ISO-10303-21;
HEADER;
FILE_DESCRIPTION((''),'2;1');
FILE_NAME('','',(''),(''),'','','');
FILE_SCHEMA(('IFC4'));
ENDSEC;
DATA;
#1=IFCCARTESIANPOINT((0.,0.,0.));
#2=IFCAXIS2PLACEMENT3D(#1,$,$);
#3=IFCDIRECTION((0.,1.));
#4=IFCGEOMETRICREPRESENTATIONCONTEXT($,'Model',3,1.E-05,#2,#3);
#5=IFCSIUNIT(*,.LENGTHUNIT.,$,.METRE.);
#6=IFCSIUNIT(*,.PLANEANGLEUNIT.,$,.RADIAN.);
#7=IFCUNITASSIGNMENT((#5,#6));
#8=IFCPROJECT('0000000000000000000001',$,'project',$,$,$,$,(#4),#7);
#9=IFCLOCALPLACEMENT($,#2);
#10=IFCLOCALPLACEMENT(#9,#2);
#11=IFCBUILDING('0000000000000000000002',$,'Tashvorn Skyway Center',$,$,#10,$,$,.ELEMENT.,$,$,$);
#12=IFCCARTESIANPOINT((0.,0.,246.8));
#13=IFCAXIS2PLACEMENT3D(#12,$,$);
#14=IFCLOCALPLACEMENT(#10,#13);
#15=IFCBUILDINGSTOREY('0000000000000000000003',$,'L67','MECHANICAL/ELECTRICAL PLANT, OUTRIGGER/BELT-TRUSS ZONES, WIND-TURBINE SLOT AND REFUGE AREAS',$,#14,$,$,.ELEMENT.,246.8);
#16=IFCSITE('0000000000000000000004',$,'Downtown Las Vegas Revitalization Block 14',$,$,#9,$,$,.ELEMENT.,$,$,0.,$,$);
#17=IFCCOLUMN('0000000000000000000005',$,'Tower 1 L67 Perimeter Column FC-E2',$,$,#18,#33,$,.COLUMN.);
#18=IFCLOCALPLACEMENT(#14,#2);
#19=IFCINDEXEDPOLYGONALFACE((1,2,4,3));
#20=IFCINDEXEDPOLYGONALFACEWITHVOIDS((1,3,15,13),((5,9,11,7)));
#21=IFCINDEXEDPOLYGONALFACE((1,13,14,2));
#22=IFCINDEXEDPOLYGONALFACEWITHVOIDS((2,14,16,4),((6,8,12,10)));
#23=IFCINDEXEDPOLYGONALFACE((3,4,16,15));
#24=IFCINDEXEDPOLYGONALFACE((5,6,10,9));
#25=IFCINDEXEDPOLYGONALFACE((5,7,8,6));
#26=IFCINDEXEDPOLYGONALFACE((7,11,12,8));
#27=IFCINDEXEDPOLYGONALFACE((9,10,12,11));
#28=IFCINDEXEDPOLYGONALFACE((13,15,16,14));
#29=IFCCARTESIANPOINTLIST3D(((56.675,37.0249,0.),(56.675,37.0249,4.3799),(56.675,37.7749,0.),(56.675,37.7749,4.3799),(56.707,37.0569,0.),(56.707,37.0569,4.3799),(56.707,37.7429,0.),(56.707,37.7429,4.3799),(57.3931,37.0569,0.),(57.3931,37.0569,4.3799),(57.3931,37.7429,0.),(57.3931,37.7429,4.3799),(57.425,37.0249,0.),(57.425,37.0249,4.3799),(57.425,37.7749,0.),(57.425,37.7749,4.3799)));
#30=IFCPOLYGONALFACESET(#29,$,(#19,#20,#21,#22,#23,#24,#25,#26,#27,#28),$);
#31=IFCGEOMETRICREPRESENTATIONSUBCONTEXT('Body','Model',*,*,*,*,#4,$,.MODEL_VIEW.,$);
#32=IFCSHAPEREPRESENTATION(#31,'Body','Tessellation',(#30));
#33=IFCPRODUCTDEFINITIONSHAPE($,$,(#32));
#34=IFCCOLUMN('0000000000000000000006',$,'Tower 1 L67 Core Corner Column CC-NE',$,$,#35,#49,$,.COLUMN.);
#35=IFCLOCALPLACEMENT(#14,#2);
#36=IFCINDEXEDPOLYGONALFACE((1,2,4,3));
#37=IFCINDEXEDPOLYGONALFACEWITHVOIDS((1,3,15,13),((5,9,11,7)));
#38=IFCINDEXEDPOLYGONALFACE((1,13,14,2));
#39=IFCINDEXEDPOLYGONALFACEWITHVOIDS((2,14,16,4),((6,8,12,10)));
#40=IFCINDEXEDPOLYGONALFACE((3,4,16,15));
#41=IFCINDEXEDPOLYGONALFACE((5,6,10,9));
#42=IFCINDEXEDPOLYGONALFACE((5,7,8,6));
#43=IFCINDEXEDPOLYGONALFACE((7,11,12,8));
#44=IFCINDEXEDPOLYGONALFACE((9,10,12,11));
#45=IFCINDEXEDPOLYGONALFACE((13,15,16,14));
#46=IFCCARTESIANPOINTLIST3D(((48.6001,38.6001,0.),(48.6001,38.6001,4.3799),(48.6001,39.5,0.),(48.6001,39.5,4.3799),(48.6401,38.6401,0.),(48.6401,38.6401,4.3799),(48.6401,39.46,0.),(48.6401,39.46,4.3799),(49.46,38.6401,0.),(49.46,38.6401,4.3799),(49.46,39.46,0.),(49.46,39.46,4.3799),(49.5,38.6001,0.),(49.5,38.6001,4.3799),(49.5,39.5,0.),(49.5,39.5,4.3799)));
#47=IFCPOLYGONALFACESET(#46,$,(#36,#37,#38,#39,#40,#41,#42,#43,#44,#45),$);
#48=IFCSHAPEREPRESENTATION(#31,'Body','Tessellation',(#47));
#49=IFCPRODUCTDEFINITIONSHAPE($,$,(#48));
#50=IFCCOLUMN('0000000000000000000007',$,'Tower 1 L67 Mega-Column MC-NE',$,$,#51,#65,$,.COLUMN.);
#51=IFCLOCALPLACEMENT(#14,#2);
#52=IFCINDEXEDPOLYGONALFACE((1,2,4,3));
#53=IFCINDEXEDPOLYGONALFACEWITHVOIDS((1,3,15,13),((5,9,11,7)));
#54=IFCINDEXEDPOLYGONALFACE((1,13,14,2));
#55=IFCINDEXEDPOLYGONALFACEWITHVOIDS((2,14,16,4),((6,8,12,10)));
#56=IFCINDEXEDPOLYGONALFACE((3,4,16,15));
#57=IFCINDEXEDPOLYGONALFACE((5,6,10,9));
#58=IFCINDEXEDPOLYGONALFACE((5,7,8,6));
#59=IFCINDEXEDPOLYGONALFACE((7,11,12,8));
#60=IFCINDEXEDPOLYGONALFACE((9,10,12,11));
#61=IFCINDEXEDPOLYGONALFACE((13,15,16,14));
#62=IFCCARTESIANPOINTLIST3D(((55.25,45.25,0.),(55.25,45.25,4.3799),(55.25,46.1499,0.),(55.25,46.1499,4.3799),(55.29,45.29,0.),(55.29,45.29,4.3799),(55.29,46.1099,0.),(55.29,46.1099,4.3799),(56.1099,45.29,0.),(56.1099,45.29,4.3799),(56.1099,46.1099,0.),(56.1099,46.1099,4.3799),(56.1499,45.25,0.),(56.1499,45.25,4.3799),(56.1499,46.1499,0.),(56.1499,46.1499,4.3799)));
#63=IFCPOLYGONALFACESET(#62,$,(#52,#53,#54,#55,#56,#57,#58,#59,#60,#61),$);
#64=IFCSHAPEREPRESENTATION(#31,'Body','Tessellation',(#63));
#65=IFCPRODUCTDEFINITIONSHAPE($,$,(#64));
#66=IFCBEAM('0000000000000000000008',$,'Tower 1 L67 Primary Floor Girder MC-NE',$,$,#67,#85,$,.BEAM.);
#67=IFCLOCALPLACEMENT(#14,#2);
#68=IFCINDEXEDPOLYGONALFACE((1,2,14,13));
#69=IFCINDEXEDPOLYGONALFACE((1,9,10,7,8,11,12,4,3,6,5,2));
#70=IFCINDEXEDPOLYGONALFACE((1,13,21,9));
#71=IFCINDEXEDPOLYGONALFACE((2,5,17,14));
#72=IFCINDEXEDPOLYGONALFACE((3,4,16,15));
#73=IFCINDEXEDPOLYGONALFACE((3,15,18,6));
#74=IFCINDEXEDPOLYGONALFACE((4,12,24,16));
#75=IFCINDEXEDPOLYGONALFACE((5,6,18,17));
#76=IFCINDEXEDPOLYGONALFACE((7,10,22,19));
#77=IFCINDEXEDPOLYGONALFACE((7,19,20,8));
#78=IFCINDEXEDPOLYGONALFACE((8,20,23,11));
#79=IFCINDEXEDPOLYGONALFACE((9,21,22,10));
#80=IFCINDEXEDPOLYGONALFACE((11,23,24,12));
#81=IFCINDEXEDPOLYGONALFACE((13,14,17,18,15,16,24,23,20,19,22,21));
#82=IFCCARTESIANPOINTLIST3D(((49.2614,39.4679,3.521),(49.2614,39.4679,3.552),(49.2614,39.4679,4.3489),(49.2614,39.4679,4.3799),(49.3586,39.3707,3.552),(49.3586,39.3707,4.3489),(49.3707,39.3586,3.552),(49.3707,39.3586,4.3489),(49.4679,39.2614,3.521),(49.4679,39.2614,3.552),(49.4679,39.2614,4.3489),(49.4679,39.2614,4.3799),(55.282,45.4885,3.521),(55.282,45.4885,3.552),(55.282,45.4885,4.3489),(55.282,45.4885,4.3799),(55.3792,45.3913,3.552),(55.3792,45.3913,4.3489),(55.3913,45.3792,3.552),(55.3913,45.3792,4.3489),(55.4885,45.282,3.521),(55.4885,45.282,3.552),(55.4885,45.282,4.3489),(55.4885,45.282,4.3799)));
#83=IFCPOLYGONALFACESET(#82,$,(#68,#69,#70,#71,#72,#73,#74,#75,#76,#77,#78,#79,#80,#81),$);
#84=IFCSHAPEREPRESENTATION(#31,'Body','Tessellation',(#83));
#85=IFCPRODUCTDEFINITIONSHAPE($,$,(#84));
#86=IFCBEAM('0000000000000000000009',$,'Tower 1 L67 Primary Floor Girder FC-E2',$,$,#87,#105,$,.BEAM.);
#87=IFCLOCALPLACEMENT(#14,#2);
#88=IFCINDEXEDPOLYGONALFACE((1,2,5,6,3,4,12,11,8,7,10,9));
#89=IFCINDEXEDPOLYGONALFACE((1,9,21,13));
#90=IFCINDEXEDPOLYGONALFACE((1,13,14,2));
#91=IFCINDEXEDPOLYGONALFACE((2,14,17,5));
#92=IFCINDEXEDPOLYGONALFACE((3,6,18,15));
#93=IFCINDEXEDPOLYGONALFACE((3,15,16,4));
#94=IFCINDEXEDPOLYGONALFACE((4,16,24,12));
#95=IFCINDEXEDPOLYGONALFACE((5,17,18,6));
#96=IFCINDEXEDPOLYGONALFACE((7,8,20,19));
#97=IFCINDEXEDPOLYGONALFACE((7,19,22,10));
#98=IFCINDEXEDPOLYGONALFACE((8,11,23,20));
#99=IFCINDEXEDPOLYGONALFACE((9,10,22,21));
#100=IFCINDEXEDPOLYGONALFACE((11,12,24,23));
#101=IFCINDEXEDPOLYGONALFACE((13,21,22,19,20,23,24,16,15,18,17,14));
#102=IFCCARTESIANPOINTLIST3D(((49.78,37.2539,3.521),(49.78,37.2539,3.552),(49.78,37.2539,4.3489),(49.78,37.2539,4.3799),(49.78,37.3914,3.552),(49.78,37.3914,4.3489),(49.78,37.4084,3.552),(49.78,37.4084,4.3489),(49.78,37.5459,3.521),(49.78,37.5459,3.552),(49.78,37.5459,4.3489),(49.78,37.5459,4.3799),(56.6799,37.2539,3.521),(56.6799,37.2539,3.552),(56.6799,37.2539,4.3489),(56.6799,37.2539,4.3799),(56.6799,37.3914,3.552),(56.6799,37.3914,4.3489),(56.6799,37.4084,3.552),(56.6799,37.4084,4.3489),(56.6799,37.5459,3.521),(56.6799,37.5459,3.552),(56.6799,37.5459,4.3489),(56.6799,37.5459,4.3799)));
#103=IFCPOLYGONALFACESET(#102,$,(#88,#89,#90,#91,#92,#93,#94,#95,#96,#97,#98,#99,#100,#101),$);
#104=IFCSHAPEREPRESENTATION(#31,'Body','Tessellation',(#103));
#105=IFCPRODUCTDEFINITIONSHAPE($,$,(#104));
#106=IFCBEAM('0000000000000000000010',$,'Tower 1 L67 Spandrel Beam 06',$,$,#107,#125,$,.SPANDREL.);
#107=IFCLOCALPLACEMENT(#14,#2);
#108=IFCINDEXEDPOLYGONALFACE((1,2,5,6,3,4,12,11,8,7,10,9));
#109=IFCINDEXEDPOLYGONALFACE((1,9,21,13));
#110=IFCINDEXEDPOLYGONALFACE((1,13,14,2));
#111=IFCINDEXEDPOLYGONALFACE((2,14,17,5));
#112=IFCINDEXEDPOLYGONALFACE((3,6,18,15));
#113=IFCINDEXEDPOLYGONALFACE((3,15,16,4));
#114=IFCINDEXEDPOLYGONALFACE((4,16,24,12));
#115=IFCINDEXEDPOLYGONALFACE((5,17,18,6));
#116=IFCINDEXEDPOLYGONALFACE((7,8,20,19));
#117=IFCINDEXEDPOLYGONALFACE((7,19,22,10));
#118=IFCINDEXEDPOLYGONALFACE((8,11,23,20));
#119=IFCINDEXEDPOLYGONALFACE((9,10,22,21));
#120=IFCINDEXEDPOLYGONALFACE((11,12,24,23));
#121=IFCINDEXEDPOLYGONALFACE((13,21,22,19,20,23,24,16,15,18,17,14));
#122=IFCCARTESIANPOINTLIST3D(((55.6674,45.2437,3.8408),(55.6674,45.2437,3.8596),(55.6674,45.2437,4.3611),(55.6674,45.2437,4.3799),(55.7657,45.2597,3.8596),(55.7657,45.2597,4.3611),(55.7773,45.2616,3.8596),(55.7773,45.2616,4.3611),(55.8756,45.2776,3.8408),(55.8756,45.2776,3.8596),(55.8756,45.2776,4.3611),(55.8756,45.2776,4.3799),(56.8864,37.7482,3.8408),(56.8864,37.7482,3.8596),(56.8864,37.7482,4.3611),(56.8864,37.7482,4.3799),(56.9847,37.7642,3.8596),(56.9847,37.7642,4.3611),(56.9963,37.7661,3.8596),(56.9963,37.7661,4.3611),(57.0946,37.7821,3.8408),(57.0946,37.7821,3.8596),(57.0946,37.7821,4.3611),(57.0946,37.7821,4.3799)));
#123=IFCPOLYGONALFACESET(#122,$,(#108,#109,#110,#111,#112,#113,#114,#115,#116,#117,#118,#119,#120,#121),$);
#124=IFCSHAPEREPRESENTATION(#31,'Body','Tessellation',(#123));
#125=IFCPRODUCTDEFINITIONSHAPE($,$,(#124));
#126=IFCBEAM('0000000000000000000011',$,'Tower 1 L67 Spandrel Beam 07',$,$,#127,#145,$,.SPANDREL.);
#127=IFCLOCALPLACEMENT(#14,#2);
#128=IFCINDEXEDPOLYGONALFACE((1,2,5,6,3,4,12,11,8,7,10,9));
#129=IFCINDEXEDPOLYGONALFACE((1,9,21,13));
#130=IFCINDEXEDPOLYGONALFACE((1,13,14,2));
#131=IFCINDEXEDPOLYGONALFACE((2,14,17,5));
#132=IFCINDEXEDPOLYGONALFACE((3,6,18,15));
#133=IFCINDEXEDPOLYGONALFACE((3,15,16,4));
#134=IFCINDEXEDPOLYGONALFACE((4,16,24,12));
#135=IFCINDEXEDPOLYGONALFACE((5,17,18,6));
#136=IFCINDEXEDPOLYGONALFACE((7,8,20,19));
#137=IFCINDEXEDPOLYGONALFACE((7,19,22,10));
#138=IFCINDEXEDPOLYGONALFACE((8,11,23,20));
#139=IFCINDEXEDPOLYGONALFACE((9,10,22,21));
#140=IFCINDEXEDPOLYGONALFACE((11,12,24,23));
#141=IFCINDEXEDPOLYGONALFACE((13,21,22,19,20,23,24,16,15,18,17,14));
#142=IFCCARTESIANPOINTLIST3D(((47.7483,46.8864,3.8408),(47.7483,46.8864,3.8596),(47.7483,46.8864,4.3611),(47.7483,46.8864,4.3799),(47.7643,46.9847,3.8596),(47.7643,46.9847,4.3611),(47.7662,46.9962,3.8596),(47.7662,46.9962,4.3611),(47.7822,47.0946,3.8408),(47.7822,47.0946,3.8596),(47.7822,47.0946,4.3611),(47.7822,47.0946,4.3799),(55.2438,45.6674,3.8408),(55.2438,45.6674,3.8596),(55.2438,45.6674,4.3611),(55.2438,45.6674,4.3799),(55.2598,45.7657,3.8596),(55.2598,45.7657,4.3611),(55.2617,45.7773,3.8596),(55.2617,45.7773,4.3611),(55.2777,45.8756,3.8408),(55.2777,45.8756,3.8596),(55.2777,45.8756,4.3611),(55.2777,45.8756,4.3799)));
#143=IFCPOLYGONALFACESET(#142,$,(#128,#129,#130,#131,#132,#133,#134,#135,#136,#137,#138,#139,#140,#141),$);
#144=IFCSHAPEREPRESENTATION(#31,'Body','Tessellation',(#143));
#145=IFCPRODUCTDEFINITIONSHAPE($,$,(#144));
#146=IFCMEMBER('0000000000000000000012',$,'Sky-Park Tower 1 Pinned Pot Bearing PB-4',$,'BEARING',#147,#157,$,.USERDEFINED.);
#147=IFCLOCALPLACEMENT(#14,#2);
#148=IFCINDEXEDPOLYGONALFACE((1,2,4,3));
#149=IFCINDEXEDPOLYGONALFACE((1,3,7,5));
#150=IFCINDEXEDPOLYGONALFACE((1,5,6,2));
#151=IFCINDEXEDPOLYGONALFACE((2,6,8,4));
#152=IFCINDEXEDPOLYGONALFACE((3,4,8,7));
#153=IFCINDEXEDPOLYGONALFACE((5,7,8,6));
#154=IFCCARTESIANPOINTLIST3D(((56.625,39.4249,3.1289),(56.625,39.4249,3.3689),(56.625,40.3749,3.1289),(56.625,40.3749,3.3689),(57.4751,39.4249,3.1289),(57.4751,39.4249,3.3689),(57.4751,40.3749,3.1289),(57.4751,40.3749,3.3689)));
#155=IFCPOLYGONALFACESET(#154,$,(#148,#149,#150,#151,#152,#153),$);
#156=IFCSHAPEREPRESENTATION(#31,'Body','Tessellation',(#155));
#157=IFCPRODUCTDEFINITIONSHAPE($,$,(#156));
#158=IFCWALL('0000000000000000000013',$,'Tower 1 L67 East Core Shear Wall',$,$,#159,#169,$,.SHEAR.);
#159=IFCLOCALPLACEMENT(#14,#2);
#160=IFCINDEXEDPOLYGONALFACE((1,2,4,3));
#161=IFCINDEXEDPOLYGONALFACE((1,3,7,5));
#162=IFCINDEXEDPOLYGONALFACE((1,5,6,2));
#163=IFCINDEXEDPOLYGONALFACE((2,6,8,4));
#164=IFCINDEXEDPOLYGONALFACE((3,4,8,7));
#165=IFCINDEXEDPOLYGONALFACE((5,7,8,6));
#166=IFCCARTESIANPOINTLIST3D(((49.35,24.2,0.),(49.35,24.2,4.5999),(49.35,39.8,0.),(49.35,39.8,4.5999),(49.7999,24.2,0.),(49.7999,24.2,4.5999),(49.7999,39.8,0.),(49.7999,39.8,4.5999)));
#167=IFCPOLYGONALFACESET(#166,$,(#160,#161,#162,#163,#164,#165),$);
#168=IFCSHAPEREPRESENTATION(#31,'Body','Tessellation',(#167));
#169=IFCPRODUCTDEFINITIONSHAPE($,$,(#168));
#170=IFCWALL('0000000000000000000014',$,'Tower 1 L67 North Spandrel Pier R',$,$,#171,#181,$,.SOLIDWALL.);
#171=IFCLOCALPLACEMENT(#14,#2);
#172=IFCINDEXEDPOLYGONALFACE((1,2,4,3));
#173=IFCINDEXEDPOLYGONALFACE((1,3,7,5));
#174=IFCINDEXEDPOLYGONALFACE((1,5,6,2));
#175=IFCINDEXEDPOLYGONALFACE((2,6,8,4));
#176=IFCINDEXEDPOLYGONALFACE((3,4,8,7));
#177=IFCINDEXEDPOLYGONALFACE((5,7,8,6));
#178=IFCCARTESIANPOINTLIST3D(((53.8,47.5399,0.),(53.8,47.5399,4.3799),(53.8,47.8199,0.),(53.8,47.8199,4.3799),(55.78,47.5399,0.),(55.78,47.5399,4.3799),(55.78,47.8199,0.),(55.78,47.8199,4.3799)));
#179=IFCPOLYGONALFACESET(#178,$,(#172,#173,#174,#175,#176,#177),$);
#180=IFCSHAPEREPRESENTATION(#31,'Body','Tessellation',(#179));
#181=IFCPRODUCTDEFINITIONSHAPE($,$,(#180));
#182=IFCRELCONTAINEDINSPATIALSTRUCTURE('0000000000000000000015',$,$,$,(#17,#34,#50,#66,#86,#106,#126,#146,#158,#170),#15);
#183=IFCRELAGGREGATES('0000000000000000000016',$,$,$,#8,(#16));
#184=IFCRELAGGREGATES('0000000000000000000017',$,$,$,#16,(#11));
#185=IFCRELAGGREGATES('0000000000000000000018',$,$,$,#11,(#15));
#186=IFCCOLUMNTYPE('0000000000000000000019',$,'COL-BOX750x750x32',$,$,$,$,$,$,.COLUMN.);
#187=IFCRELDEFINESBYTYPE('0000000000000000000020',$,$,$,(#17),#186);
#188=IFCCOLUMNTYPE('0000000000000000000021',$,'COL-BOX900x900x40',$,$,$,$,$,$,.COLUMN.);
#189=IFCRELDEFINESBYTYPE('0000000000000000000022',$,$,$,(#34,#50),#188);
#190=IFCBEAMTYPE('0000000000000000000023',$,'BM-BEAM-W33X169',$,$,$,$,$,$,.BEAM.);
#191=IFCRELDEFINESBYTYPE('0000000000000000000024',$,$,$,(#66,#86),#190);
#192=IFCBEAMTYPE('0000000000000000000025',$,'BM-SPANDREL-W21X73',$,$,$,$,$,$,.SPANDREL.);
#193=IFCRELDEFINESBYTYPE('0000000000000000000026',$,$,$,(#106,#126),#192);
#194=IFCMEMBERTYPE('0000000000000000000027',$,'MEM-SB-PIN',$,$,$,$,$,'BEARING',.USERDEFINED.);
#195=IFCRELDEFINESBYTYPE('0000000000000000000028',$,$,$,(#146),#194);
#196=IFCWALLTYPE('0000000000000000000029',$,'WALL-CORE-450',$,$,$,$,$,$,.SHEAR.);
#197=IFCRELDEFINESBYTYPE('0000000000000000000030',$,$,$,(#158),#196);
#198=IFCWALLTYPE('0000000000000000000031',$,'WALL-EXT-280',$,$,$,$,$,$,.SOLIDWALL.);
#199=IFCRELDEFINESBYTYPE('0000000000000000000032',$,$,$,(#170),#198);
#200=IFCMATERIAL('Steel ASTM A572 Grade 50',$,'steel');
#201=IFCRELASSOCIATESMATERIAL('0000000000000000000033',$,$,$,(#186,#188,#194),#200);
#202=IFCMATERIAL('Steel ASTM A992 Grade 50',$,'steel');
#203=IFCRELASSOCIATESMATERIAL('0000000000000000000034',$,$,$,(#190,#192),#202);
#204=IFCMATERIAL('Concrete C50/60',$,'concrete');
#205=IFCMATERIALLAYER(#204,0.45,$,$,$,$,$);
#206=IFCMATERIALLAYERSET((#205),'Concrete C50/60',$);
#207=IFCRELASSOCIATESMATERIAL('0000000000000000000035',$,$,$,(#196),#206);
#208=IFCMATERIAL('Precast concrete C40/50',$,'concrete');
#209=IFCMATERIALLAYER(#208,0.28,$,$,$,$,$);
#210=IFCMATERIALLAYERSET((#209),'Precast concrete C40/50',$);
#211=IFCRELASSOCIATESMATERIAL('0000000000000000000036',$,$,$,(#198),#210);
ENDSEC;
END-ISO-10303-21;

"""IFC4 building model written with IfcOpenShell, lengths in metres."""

from ifc_helpers import new_model, si_unit, direction, frame, frame_2d, origin, origin_2d, place, context, subcontext, project, spatial, rectangle, hollow_rectangle, i_section, extrude, material, layer, layer_set, material_profile, profile_set, type_object, element, save


model = new_model("IFC4")

# Units and contexts
model_context = context("Model", 3, precision=1e-05, world=origin(), true_north=direction((0.0, 1.0)))
body_context = subcontext(model_context, "Body", "Model", "MODEL_VIEW")
ifc_project = project(units=[si_unit("LENGTHUNIT", "METRE"), si_unit("PLANEANGLEUNIT", "RADIAN")], contexts=[model_context])

# Site, building, storey
site_placement = place(None, origin())
site = spatial("IfcSite", under=ifc_project, at=site_placement, Name="Downtown Las Vegas Revitalization Block 14", CompositionType="ELEMENT", RefElevation=0.0)
building_placement = place(site_placement, origin())
building = spatial("IfcBuilding", under=site, at=building_placement, Name="Tashvorn Skyway Center", CompositionType="ELEMENT")
storey_placement = place(building_placement, frame((0.0, 0.0, 246.8)))
storey = spatial("IfcBuildingStorey", under=building, at=storey_placement, Name="L67", Description="MECHANICAL/ELECTRICAL PLANT, OUTRIGGER/BELT-TRUSS ZONES, WIND-TURBINE SLOT AND REFUGE AREAS", CompositionType="ELEMENT", Elevation=246.8)

# Columns
ifc_material_1 = material(Name="Steel ASTM A572 Grade 50", Category="steel")
ifc_material_profile_1 = material_profile(ifc_material_1, hollow_rectangle(XDim=0.75, YDim=0.75, WallThickness=0.032, at=origin_2d()), Name="BOX750x750x32")
ifc_profile_set_1 = profile_set([ifc_material_profile_1], Name="Steel ASTM A572 Grade 50")
column_type_1 = type_object("IfcColumnType", Name="COL-BOX750x750x32", PredefinedType="COLUMN", material=ifc_profile_set_1)
column_placement = place(storey_placement, frame((57.05, 37.3999, 0.0), z_axis=(0.0, 0.0, 1.0), x_axis=(1.0, 0.0, 0.0)))
element("IfcColumn", 1, at=column_placement, inside=storey, type_object=column_type_1, Name="Tower 1 L67 Perimeter Column FC-E2", PredefinedType="COLUMN", context=body_context, shape_type="SweptSolid", body=[
    extrude(hollow_rectangle(XDim=0.75, YDim=0.75, WallThickness=0.032, at=origin_2d()), origin(), (0.0, 0.0, 1.0), 4.3799),
])
ifc_material_profile_2 = material_profile(ifc_material_1, hollow_rectangle(XDim=0.8999, YDim=0.8999, WallThickness=0.04, at=origin_2d()), Name="BOX900x900x40")
ifc_profile_set_2 = profile_set([ifc_material_profile_2], Name="Steel ASTM A572 Grade 50")
column_type_2 = type_object("IfcColumnType", Name="COL-BOX900x900x40", PredefinedType="COLUMN", material=ifc_profile_set_2)
for number, where, z_axis, x_axis, name in (
    (2, (49.05, 39.05, 0.0), (0.0, 0.0, 1.0), (1.0, 0.0, 0.0), "Tower 1 L67 Core Corner Column CC-NE"),
    (3, (55.7, 45.7, 0.0), (0.0, 0.0, 1.0), (1.0, 0.0, 0.0), "Tower 1 L67 Mega-Column MC-NE"),
):
    element("IfcColumn", number, at=place(storey_placement, frame(where, z_axis=z_axis, x_axis=x_axis)), inside=storey, type_object=column_type_2, Name=name, PredefinedType="COLUMN", context=body_context, shape_type="SweptSolid", body=[
        extrude(hollow_rectangle(XDim=0.8999, YDim=0.8999, WallThickness=0.04, at=origin_2d()), origin(), (0.0, 0.0, 1.0), 4.3799),
    ])

# Beams
ifc_material_2 = material(Name="Steel ASTM A992 Grade 50", Category="steel")
ifc_material_profile_3 = material_profile(ifc_material_2, i_section(OverallWidth=0.292, OverallDepth=0.8589, WebThickness=0.0171, FlangeThickness=0.031, at=origin_2d()), Name="W33X169")
ifc_profile_set_3 = profile_set([ifc_material_profile_3], Name="Steel ASTM A992 Grade 50")
beam_type_1 = type_object("IfcBeamType", Name="BM-BEAM-W33X169", PredefinedType="BEAM", material=ifc_profile_set_3)
beam_1_placement = place(storey_placement, frame((55.3853, 45.3853, 3.9504), z_axis=(-0.707107, -0.707107, 0.0), x_axis=(0.707107, -0.707107, 0.0)))
element("IfcBeam", 4, at=beam_1_placement, inside=storey, type_object=beam_type_1, Name="Tower 1 L67 Primary Floor Girder MC-NE", PredefinedType="BEAM", context=body_context, shape_type="SweptSolid", body=[
    extrude(i_section(OverallWidth=0.292, OverallDepth=0.8589, WebThickness=0.0171, FlangeThickness=0.031, at=origin_2d()), origin(), (0.0, 0.0, 1.0), 8.5144),
])
beam_2_placement = place(storey_placement, frame((56.6799, 37.3999, 3.9504), z_axis=(-1.0, 0.0, 0.0), x_axis=(0.0, -1.0, 0.0)))
element("IfcBeam", 5, at=beam_2_placement, inside=storey, type_object=beam_type_1, Name="Tower 1 L67 Primary Floor Girder FC-E2", PredefinedType="BEAM", context=body_context, shape_type="SweptSolid", body=[
    extrude(i_section(OverallWidth=0.292, OverallDepth=0.8589, WebThickness=0.0171, FlangeThickness=0.031, at=origin_2d()), origin(), (0.0, 0.0, 1.0), 6.8999),
])
ifc_material_profile_4 = material_profile(ifc_material_2, i_section(OverallWidth=0.2109, OverallDepth=0.5391, WebThickness=0.0117, FlangeThickness=0.0188, at=origin_2d()), Name="W21X73")
ifc_profile_set_4 = profile_set([ifc_material_profile_4], Name="Steel ASTM A992 Grade 50")
beam_type_2 = type_object("IfcBeamType", Name="BM-SPANDREL-W21X73", PredefinedType="SPANDREL", material=ifc_profile_set_4)
for number, where, z_axis, x_axis, name in (
    (6, (56.9905, 37.7651, 4.1104), (-0.160519, 0.987033, 0.0), (-0.987033, -0.160519, 0.0), "Tower 1 L67 Spandrel Beam 06"),
    (7, (55.2607, 45.7715, 4.1104), (-0.987033, 0.160519, 0.0), (-0.160519, -0.987033, 0.0), "Tower 1 L67 Spandrel Beam 07"),
):
    element("IfcBeam", number, at=place(storey_placement, frame(where, z_axis=z_axis, x_axis=x_axis)), inside=storey, type_object=beam_type_2, Name=name, PredefinedType="SPANDREL", context=body_context, shape_type="SweptSolid", body=[
        extrude(i_section(OverallWidth=0.2109, OverallDepth=0.5391, WebThickness=0.0117, FlangeThickness=0.0188, at=origin_2d()), origin(), (0.0, 0.0, 1.0), 7.594),
    ])

# Member
ifc_material_profile_5 = material_profile(ifc_material_1, rectangle(XDim=0.8501, YDim=0.95, at=origin_2d()), Name="PTFE-BRG-850x850")
ifc_profile_set_5 = profile_set([ifc_material_profile_5], Name="Steel ASTM A572 Grade 50")
member_type = type_object("IfcMemberType", Name="MEM-SB-PIN", ElementType="BEARING", PredefinedType="USERDEFINED", material=ifc_profile_set_5)
member_placement = place(storey_placement, frame((57.05, 39.8999, 3.1289), z_axis=(0.0, 0.0, 1.0), x_axis=(1.0, 0.0, 0.0)))
element("IfcMember", 8, at=member_placement, inside=storey, type_object=member_type, Name="Sky-Park Tower 1 Pinned Pot Bearing PB-4", ObjectType="BEARING", PredefinedType="USERDEFINED", context=body_context, shape_type="SweptSolid", body=[
    extrude(rectangle(XDim=0.8501, YDim=0.95, at=origin_2d()), origin(), (0.0, 0.0, 1.0), 0.24),
])

# Walls
ifc_material_3 = material(Name="Concrete C50/60", Category="concrete")
ifc_layer_1 = layer(ifc_material_3, 0.45)
ifc_layer_set_1 = layer_set([ifc_layer_1], Name="Concrete C50/60")
wall_type_1 = type_object("IfcWallType", Name="WALL-CORE-450", PredefinedType="SHEAR", material=ifc_layer_set_1)
wall_1_placement = place(storey_placement, frame((49.575, 39.8, 0.0), z_axis=(0.0, 0.0, 1.0), x_axis=(0.0, -1.0, 0.0)))
element("IfcWall", 9, at=wall_1_placement, inside=storey, type_object=wall_type_1, Name="Tower 1 L67 East Core Shear Wall", PredefinedType="SHEAR", context=body_context, shape_type="SweptSolid", body=[
    extrude(rectangle(XDim=15.6001, YDim=0.45, at=frame_2d((7.8, 0.0))), origin(), (0.0, 0.0, 1.0), 4.5999),
])
ifc_material_4 = material(Name="Precast concrete C40/50", Category="concrete")
ifc_layer_2 = layer(ifc_material_4, 0.28)
ifc_layer_set_2 = layer_set([ifc_layer_2], Name="Precast concrete C40/50")
wall_type_2 = type_object("IfcWallType", Name="WALL-EXT-280", PredefinedType="SOLIDWALL", material=ifc_layer_set_2)
wall_2_placement = place(storey_placement, frame((53.8, 47.6799, 0.0), z_axis=(0.0, 0.0, 1.0), x_axis=(1.0, 0.0, 0.0)))
element("IfcWall", 10, at=wall_2_placement, inside=storey, type_object=wall_type_2, Name="Tower 1 L67 North Spandrel Pier R", PredefinedType="SOLIDWALL", context=body_context, shape_type="SweptSolid", body=[
    extrude(rectangle(XDim=1.98, YDim=0.28, at=frame_2d((0.99, 0.0))), origin(), (0.0, 0.0, 1.0), 4.3799),
])

save(model, "model.ifc")
